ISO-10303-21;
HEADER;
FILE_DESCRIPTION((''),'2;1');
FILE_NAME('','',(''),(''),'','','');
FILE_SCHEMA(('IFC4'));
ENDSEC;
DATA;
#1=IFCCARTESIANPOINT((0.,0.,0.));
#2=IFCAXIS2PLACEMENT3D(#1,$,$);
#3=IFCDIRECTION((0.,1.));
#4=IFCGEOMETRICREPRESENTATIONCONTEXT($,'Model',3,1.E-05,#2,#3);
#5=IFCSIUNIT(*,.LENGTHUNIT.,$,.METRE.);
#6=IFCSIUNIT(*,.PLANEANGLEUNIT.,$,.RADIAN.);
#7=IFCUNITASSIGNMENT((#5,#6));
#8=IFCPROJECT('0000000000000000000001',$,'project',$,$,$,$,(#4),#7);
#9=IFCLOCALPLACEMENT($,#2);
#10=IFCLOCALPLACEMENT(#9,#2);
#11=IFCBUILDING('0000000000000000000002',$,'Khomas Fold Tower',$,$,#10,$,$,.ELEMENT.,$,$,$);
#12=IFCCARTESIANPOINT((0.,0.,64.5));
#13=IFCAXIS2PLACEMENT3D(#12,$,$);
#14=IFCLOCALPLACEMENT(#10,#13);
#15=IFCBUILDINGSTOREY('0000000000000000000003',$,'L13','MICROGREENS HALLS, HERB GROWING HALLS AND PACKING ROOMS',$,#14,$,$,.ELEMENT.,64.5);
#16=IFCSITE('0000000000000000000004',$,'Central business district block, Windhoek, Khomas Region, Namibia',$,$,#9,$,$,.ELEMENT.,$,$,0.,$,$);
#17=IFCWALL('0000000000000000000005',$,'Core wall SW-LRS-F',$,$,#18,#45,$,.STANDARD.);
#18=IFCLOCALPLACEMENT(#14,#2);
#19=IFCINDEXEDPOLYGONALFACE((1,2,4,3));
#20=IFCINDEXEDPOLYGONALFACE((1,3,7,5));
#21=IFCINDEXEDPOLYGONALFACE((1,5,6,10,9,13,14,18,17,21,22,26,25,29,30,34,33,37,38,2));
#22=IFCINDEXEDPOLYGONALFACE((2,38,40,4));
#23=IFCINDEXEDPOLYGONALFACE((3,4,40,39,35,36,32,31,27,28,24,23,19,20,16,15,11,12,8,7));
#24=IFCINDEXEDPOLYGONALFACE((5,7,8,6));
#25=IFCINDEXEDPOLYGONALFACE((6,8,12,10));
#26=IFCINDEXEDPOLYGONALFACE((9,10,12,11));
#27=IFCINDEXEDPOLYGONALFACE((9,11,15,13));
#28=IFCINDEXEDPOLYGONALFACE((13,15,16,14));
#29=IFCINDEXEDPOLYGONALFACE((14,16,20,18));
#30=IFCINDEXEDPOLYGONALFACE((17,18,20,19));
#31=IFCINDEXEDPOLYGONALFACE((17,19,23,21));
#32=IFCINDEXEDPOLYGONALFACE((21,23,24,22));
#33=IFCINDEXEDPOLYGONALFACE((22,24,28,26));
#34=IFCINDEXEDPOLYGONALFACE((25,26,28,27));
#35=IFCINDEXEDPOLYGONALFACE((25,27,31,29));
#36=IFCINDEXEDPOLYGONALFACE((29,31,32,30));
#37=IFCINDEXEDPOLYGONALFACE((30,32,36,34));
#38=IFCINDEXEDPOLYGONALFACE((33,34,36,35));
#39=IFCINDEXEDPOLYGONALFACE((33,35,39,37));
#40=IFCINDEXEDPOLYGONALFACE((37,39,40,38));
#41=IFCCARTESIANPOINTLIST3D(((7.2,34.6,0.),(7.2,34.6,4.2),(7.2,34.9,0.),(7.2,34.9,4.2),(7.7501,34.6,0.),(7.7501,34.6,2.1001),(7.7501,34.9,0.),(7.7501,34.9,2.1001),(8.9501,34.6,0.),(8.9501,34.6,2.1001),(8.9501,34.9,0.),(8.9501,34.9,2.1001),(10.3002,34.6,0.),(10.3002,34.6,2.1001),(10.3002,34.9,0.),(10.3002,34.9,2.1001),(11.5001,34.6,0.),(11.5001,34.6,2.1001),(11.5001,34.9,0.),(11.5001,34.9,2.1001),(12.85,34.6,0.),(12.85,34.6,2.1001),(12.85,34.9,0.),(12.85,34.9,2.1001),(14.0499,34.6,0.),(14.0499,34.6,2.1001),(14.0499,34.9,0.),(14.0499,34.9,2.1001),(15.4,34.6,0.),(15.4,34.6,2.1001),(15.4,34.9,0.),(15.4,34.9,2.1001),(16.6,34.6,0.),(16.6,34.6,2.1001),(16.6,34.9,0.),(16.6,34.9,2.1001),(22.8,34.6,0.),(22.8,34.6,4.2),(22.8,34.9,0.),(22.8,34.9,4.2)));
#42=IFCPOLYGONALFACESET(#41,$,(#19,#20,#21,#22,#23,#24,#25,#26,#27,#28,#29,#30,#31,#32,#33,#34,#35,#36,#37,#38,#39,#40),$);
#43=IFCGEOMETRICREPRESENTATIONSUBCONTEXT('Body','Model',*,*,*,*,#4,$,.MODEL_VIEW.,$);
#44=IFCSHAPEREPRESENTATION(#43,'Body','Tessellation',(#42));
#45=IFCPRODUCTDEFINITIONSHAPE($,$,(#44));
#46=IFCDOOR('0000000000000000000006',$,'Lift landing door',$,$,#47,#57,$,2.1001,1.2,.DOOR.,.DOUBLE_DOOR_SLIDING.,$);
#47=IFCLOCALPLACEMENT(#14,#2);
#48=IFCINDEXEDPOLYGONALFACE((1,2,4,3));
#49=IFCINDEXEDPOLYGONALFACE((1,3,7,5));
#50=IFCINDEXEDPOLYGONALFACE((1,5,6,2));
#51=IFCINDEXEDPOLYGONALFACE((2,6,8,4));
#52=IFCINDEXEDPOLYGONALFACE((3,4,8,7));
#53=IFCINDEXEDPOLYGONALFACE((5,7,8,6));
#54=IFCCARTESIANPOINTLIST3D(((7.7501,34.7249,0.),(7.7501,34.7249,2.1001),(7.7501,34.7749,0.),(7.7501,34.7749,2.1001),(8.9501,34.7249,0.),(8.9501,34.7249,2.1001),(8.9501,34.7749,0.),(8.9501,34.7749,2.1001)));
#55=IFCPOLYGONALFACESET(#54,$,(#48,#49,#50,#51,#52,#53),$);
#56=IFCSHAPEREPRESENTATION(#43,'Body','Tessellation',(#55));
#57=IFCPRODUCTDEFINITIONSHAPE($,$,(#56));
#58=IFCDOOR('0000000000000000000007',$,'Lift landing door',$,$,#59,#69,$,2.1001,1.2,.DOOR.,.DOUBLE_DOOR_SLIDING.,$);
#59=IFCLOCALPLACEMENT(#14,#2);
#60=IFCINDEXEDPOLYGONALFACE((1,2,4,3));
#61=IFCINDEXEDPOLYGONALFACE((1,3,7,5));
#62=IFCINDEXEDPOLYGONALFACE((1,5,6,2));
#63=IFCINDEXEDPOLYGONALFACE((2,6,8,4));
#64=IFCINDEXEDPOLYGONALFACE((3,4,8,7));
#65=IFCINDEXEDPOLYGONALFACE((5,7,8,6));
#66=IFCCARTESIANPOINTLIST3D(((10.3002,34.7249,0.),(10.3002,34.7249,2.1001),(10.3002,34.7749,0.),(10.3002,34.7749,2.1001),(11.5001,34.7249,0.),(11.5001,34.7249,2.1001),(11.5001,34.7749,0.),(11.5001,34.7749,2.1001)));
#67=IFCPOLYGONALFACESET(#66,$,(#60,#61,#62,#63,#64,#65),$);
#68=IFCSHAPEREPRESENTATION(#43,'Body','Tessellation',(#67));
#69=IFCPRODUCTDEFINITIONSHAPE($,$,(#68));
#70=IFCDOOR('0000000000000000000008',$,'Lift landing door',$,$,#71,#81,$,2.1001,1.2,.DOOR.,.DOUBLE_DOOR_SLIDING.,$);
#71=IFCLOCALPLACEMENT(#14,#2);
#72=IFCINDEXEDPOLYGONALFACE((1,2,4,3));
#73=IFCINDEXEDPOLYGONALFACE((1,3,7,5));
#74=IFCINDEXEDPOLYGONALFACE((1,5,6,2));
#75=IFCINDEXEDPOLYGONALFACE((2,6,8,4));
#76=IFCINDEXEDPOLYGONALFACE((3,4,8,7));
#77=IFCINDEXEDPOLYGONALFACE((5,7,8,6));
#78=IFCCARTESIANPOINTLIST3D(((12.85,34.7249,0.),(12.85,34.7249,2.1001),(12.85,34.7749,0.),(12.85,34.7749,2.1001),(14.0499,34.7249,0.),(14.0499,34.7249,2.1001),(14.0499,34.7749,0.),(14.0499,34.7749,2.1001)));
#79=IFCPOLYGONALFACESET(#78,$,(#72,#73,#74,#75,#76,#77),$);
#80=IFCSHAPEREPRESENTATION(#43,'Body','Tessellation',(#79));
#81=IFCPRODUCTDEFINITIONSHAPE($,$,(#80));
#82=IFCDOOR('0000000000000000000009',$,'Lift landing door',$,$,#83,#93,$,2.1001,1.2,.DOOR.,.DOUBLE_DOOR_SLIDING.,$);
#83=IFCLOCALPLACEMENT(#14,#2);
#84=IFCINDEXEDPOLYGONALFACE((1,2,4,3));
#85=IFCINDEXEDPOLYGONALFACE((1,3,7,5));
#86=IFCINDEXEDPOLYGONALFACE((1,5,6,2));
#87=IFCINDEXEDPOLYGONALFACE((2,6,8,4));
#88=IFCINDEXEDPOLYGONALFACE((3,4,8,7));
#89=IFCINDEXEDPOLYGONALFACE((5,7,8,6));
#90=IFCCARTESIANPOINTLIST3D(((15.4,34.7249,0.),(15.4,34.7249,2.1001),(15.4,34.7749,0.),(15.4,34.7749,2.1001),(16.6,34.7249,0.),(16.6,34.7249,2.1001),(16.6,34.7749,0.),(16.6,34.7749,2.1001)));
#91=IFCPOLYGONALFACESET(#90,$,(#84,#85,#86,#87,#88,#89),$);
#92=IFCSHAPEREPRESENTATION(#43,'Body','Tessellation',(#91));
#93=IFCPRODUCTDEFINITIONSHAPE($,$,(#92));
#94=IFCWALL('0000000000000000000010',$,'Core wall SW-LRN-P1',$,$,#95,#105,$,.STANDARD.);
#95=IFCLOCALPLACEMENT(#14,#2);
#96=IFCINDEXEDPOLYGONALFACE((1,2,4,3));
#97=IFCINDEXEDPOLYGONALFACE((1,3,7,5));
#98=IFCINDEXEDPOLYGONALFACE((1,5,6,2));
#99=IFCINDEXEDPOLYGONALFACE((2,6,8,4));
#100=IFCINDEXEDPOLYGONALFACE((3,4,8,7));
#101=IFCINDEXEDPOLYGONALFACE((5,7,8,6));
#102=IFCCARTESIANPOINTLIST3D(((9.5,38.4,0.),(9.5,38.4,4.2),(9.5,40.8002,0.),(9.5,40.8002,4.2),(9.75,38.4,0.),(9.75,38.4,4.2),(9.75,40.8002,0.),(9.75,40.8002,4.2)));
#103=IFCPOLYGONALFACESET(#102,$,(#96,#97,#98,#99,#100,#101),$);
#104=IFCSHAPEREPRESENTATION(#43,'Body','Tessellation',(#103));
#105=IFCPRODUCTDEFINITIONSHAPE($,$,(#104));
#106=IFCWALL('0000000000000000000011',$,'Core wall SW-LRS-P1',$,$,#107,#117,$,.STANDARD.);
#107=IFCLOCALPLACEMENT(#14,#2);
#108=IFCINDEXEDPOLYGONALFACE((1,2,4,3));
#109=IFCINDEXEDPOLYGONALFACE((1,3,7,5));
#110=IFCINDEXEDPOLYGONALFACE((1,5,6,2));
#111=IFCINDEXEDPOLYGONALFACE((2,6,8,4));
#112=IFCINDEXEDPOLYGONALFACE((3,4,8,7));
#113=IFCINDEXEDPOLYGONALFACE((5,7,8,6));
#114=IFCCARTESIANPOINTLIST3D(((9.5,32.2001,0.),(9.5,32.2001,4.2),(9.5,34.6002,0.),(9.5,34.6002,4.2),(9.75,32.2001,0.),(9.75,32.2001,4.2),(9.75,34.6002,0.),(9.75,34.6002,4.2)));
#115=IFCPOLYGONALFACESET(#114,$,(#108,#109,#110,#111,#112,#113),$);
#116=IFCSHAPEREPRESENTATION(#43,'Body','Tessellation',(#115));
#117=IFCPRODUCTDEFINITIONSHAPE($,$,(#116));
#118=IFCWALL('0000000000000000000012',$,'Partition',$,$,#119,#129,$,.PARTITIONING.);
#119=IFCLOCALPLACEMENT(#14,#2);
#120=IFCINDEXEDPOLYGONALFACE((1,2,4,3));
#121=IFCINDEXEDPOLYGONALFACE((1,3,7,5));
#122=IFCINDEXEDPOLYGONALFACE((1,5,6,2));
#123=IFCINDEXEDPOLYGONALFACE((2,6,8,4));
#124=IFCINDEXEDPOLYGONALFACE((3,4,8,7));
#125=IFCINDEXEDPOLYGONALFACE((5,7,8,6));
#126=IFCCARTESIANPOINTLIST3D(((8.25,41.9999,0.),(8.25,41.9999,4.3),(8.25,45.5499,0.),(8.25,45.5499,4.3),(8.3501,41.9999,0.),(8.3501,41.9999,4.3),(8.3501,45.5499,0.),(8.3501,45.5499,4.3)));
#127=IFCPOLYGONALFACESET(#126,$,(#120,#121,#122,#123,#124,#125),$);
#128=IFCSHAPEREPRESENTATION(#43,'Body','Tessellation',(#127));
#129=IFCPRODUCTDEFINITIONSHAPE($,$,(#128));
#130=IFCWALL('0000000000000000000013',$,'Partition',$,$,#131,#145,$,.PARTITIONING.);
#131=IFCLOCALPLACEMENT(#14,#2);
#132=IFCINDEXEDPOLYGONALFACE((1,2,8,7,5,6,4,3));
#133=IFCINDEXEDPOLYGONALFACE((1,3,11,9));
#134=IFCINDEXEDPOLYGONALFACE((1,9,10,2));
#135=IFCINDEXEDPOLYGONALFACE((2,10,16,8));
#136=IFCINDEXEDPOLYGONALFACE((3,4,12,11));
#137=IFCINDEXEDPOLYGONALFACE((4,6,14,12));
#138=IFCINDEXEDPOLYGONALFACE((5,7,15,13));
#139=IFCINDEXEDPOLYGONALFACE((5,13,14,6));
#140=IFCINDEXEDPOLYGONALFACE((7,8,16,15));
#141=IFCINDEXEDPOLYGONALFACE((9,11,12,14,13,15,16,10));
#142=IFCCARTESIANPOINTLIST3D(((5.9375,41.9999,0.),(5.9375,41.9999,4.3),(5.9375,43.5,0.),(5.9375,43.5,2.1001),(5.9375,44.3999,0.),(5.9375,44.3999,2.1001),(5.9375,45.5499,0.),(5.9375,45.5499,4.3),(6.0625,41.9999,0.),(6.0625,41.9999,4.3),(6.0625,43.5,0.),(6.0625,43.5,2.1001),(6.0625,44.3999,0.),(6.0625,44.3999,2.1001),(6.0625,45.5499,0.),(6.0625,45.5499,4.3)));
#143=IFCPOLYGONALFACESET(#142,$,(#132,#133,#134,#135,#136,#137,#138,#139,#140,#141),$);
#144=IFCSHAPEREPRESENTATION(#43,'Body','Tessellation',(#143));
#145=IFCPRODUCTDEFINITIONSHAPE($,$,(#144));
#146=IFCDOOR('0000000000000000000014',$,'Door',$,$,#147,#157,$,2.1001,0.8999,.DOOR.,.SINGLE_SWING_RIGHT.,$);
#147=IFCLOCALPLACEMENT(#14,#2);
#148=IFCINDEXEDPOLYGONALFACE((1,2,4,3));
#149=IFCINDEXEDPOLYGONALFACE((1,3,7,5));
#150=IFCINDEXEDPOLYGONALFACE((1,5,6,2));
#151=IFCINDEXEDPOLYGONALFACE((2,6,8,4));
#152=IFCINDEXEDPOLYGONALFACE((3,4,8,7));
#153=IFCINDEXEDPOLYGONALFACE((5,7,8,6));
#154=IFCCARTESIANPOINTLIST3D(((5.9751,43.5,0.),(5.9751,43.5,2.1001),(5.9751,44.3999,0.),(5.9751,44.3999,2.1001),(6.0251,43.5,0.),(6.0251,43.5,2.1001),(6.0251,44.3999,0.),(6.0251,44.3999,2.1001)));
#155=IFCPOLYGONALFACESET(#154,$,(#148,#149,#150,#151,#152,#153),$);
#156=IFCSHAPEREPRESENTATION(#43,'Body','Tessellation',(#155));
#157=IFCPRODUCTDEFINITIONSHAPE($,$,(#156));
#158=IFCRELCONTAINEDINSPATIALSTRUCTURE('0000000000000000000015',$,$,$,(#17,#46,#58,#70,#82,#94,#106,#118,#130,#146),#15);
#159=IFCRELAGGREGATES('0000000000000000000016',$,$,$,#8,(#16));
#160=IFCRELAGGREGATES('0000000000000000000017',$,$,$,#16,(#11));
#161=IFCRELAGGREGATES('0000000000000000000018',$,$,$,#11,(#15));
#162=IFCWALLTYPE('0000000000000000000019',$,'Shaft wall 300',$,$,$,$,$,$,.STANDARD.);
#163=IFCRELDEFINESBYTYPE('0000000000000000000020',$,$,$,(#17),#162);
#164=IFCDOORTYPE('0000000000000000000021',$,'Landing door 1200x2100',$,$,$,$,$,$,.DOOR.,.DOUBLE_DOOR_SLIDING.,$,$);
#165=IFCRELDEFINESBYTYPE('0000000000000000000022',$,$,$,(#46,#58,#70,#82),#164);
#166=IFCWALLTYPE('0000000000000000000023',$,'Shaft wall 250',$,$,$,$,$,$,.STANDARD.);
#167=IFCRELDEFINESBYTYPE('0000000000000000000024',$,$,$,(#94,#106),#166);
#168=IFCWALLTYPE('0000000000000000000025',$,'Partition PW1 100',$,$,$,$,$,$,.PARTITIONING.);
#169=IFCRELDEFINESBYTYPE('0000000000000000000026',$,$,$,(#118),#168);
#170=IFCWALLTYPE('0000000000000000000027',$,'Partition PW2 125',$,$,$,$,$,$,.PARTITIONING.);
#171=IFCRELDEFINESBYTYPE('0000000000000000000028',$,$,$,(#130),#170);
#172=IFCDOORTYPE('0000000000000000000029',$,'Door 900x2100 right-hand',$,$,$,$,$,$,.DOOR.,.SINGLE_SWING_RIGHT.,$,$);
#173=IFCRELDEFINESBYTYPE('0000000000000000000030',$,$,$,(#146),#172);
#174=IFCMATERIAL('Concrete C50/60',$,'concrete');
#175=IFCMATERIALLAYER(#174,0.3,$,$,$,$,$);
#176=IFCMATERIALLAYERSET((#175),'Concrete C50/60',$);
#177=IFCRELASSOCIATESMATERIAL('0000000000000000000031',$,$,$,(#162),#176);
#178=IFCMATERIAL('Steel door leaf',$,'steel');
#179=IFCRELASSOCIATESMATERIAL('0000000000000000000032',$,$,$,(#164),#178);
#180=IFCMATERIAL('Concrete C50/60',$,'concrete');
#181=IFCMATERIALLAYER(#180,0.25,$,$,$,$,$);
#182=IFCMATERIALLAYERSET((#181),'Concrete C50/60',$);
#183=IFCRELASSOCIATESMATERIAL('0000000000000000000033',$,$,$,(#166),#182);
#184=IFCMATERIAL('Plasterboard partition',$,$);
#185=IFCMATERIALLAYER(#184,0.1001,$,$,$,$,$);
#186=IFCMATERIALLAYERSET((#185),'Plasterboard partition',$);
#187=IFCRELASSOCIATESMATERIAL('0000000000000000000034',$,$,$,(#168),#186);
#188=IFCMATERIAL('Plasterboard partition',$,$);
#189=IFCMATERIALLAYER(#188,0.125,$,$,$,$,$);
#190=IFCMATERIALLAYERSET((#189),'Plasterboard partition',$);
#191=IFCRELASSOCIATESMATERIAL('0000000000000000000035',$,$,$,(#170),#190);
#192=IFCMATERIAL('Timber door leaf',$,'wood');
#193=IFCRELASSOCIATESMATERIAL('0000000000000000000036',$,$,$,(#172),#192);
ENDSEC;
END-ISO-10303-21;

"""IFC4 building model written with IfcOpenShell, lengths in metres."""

from ifc_helpers import new_model, si_unit, direction, frame, frame_2d, origin, place, context, subcontext, project, spatial, rectangle, extrude, source, transform, mapped, material, layer, layer_set, type_object, element, fill, save


model = new_model("IFC4")

# Units and contexts
model_context = context("Model", 3, precision=1e-05, world=origin(), true_north=direction((0.0, 1.0)))
body_context = subcontext(model_context, "Body", "Model", "MODEL_VIEW")
ifc_project = project(units=[si_unit("LENGTHUNIT", "METRE"), si_unit("PLANEANGLEUNIT", "RADIAN")], contexts=[model_context])

# Site, building, storey
site_placement = place(None, origin())
site = spatial("IfcSite", under=ifc_project, at=site_placement, Name="Central business district block, Windhoek, Khomas Region, Namibia", CompositionType="ELEMENT", RefElevation=0.0)
building_placement = place(site_placement, origin())
building = spatial("IfcBuilding", under=site, at=building_placement, Name="Khomas Fold Tower", CompositionType="ELEMENT")
storey_placement = place(building_placement, frame((0.0, 0.0, 64.5)))
storey = spatial("IfcBuildingStorey", under=building, at=storey_placement, Name="L13", Description="MICROGREENS HALLS, HERB GROWING HALLS AND PACKING ROOMS", CompositionType="ELEMENT", Elevation=64.5)

# Shared definitions
ifc_material_1 = material(Name="Concrete C50/60", Category="concrete")
ifc_layer_1 = layer(ifc_material_1, 0.3)
ifc_layer_set_1 = layer_set([ifc_layer_1], Name="Concrete C50/60")
wall_type_1 = type_object("IfcWallType", Name="Shaft wall 300", PredefinedType="STANDARD", material=ifc_layer_set_1)
shared_shape_1 = source(origin(), body_context, "Body", "SweptSolid", [
    extrude(rectangle(XDim=15.6001, YDim=0.3, at=frame_2d((7.8, 0.0))), origin(), (0.0, 0.0, 1.0), 4.2),
])

# Wall, openings, doors
shared_shape_2 = source(origin(), body_context, "Body", "SweptSolid", [
    extrude(rectangle(XDim=1.2, YDim=2.1001, at=frame_2d((0.6001, 1.05))), frame((0.0, 0.1599, 0.0), z_axis=(0.0, -1.0, 0.0), x_axis=(1.0, 0.0, 0.0)), (0.0, 0.0, 1.0), 0.3201),
])
ifc_material_2 = material(Name="Steel door leaf", Category="steel")
door_type_1 = type_object("IfcDoorType", Name="Landing door 1200x2100", OperationType="DOUBLE_DOOR_SLIDING", PredefinedType="DOOR", material=ifc_material_2)
shared_shape_3 = source(origin(), body_context, "Body", "SweptSolid", [
    extrude(rectangle(XDim=1.2, YDim=2.1001, at=frame_2d((0.6001, 1.05))), frame((0.0, 0.0249, 0.0), z_axis=(0.0, -1.0, 0.0), x_axis=(1.0, 0.0, 0.0)), (0.0, 0.0, 1.0), 0.05),
])
wall_1_placement = place(storey_placement, frame((7.2, 34.75, 0.0), z_axis=(0.0, 0.0, 1.0), x_axis=(1.0, 0.0, 0.0)))
wall_1 = element("IfcWall", 1, at=wall_1_placement, inside=storey, type_object=wall_type_1, Name="Core wall SW-LRS-F", PredefinedType="STANDARD", context=body_context, shape_type="MappedRepresentation", body=[
    mapped(shared_shape_1, transform((0.0, 0.0, 0.0))),
])
opening_1_placement = place(wall_1_placement, frame((0.55, 0.0, 0.0)))
opening_1 = element("IfcOpeningElement", 2, at=opening_1_placement, cuts=wall_1, PredefinedType="OPENING", context=body_context, shape_type="MappedRepresentation", body=[
    mapped(shared_shape_2, transform((0.0, 0.0, 0.0))),
])
opening_2_placement = place(wall_1_placement, frame((3.1001, 0.0, 0.0)))
opening_2 = element("IfcOpeningElement", 3, at=opening_2_placement, cuts=wall_1, PredefinedType="OPENING", context=body_context, shape_type="MappedRepresentation", body=[
    mapped(shared_shape_2, transform((0.0, 0.0, 0.0))),
])
opening_3_placement = place(wall_1_placement, frame((5.6499, 0.0, 0.0)))
opening_3 = element("IfcOpeningElement", 4, at=opening_3_placement, cuts=wall_1, PredefinedType="OPENING", context=body_context, shape_type="MappedRepresentation", body=[
    mapped(shared_shape_2, transform((0.0, 0.0, 0.0))),
])
opening_4_placement = place(wall_1_placement, frame((8.2, 0.0, 0.0)))
opening_4 = element("IfcOpeningElement", 5, at=opening_4_placement, cuts=wall_1, PredefinedType="OPENING", context=body_context, shape_type="MappedRepresentation", body=[
    mapped(shared_shape_2, transform((0.0, 0.0, 0.0))),
])
door_1_placement = place(opening_1_placement, origin())
door_1 = element("IfcDoor", 6, at=door_1_placement, inside=storey, type_object=door_type_1, Name="Lift landing door", OperationType="DOUBLE_DOOR_SLIDING", OverallHeight=2.1001, OverallWidth=1.2, PredefinedType="DOOR", context=body_context, shape_type="MappedRepresentation", body=[
    mapped(shared_shape_3, transform((0.0, 0.0, 0.0))),
])
fill(opening_1, door_1)
door_2_placement = place(opening_2_placement, origin())
door_2 = element("IfcDoor", 7, at=door_2_placement, inside=storey, type_object=door_type_1, Name="Lift landing door", OperationType="DOUBLE_DOOR_SLIDING", OverallHeight=2.1001, OverallWidth=1.2, PredefinedType="DOOR", context=body_context, shape_type="MappedRepresentation", body=[
    mapped(shared_shape_3, transform((0.0, 0.0, 0.0))),
])
fill(opening_2, door_2)
door_3_placement = place(opening_3_placement, origin())
door_3 = element("IfcDoor", 8, at=door_3_placement, inside=storey, type_object=door_type_1, Name="Lift landing door", OperationType="DOUBLE_DOOR_SLIDING", OverallHeight=2.1001, OverallWidth=1.2, PredefinedType="DOOR", context=body_context, shape_type="MappedRepresentation", body=[
    mapped(shared_shape_3, transform((0.0, 0.0, 0.0))),
])
fill(opening_3, door_3)
door_4_placement = place(opening_4_placement, origin())
door_4 = element("IfcDoor", 9, at=door_4_placement, inside=storey, type_object=door_type_1, Name="Lift landing door", OperationType="DOUBLE_DOOR_SLIDING", OverallHeight=2.1001, OverallWidth=1.2, PredefinedType="DOOR", context=body_context, shape_type="MappedRepresentation", body=[
    mapped(shared_shape_3, transform((0.0, 0.0, 0.0))),
])
fill(opening_4, door_4)

# Walls
ifc_material_3 = material(Name="Concrete C50/60", Category="concrete")
ifc_layer_2 = layer(ifc_material_3, 0.25)
ifc_layer_set_2 = layer_set([ifc_layer_2], Name="Concrete C50/60")
wall_type_2 = type_object("IfcWallType", Name="Shaft wall 250", PredefinedType="STANDARD", material=ifc_layer_set_2)
shared_shape_4 = source(origin(), body_context, "Body", "SweptSolid", [
    extrude(rectangle(XDim=2.4001, YDim=0.25, at=frame_2d((1.2002, 0.0))), origin(), (0.0, 0.0, 1.0), 4.2),
])
for number, where, z_axis, x_axis, name in (
    (10, (9.625, 38.3999, 0.0), (0.0, 0.0, 1.0), (0.0, 1.0, 0.0), "Core wall SW-LRN-P1"),
    (11, (9.625, 32.2, 0.0), (0.0, 0.0, 1.0), (0.0, 1.0, 0.0), "Core wall SW-LRS-P1"),
):
    element("IfcWall", number, at=place(storey_placement, frame(where, z_axis=z_axis, x_axis=x_axis)), inside=storey, type_object=wall_type_2, Name=name, PredefinedType="STANDARD", context=body_context, shape_type="MappedRepresentation", body=[
        mapped(shared_shape_4, transform((0.0, 0.0, 0.0))),
    ])

# Wall
ifc_material_4 = material(Name="Plasterboard partition")
ifc_layer_3 = layer(ifc_material_4, 0.1001)
ifc_layer_set_3 = layer_set([ifc_layer_3], Name="Plasterboard partition")
wall_type_3 = type_object("IfcWallType", Name="Partition PW1 100", PredefinedType="PARTITIONING", material=ifc_layer_set_3)
shared_shape_5 = source(origin(), body_context, "Body", "SweptSolid", [
    extrude(rectangle(XDim=3.55, YDim=0.1001, at=frame_2d((1.7749, 0.0))), origin(), (0.0, 0.0, 1.0), 4.3),
])
wall_2_placement = place(storey_placement, frame((8.3, 42.0, 0.0), z_axis=(0.0, 0.0, 1.0), x_axis=(0.0, 1.0, 0.0)))
element("IfcWall", 12, at=wall_2_placement, inside=storey, type_object=wall_type_3, Name="Partition", PredefinedType="PARTITIONING", context=body_context, shape_type="MappedRepresentation", body=[
    mapped(shared_shape_5, transform((0.0, 0.0, 0.0))),
])

# Wall, opening, door
ifc_material_5 = material(Name="Plasterboard partition")
ifc_layer_4 = layer(ifc_material_5, 0.125)
ifc_layer_set_4 = layer_set([ifc_layer_4], Name="Plasterboard partition")
wall_type_4 = type_object("IfcWallType", Name="Partition PW2 125", PredefinedType="PARTITIONING", material=ifc_layer_set_4)
shared_shape_6 = source(origin(), body_context, "Body", "SweptSolid", [
    extrude(rectangle(XDim=3.55, YDim=0.125, at=frame_2d((1.7749, 0.0))), origin(), (0.0, 0.0, 1.0), 4.3),
])
wall_3_placement = place(storey_placement, frame((6.0, 42.0, 0.0), z_axis=(0.0, 0.0, 1.0), x_axis=(0.0, 1.0, 0.0)))
wall_3 = element("IfcWall", 13, at=wall_3_placement, inside=storey, type_object=wall_type_4, Name="Partition", PredefinedType="PARTITIONING", context=body_context, shape_type="MappedRepresentation", body=[
    mapped(shared_shape_6, transform((0.0, 0.0, 0.0))),
])
shared_shape_7 = source(origin(), body_context, "Body", "SweptSolid", [
    extrude(rectangle(XDim=0.8999, YDim=2.1001, at=frame_2d((0.45, 1.05))), frame((0.0, 0.0725, 0.0), z_axis=(0.0, -1.0, 0.0), x_axis=(1.0, 0.0, 0.0)), (0.0, 0.0, 1.0), 0.145),
])
opening_5_placement = place(wall_3_placement, frame((1.5, 0.0, 0.0)))
opening_5 = element("IfcOpeningElement", 14, at=opening_5_placement, cuts=wall_3, PredefinedType="OPENING", context=body_context, shape_type="MappedRepresentation", body=[
    mapped(shared_shape_7, transform((0.0, 0.0, 0.0))),
])
ifc_material_6 = material(Name="Timber door leaf", Category="wood")
door_type_2 = type_object("IfcDoorType", Name="Door 900x2100 right-hand", OperationType="SINGLE_SWING_RIGHT", PredefinedType="DOOR", material=ifc_material_6)
shared_shape_8 = source(origin(), body_context, "Body", "SweptSolid", [
    extrude(rectangle(XDim=0.8999, YDim=2.1001, at=frame_2d((0.45, 1.05))), frame((0.0, 0.0249, 0.0), z_axis=(0.0, -1.0, 0.0), x_axis=(1.0, 0.0, 0.0)), (0.0, 0.0, 1.0), 0.05),
])
door_5_placement = place(opening_5_placement, origin())
door_5 = element("IfcDoor", 15, at=door_5_placement, inside=storey, type_object=door_type_2, Name="Door", OperationType="SINGLE_SWING_RIGHT", OverallHeight=2.1001, OverallWidth=0.8999, PredefinedType="DOOR", context=body_context, shape_type="MappedRepresentation", body=[
    mapped(shared_shape_8, transform((0.0, 0.0, 0.0))),
])
fill(opening_5, door_5)

save(model, "model.ifc")
